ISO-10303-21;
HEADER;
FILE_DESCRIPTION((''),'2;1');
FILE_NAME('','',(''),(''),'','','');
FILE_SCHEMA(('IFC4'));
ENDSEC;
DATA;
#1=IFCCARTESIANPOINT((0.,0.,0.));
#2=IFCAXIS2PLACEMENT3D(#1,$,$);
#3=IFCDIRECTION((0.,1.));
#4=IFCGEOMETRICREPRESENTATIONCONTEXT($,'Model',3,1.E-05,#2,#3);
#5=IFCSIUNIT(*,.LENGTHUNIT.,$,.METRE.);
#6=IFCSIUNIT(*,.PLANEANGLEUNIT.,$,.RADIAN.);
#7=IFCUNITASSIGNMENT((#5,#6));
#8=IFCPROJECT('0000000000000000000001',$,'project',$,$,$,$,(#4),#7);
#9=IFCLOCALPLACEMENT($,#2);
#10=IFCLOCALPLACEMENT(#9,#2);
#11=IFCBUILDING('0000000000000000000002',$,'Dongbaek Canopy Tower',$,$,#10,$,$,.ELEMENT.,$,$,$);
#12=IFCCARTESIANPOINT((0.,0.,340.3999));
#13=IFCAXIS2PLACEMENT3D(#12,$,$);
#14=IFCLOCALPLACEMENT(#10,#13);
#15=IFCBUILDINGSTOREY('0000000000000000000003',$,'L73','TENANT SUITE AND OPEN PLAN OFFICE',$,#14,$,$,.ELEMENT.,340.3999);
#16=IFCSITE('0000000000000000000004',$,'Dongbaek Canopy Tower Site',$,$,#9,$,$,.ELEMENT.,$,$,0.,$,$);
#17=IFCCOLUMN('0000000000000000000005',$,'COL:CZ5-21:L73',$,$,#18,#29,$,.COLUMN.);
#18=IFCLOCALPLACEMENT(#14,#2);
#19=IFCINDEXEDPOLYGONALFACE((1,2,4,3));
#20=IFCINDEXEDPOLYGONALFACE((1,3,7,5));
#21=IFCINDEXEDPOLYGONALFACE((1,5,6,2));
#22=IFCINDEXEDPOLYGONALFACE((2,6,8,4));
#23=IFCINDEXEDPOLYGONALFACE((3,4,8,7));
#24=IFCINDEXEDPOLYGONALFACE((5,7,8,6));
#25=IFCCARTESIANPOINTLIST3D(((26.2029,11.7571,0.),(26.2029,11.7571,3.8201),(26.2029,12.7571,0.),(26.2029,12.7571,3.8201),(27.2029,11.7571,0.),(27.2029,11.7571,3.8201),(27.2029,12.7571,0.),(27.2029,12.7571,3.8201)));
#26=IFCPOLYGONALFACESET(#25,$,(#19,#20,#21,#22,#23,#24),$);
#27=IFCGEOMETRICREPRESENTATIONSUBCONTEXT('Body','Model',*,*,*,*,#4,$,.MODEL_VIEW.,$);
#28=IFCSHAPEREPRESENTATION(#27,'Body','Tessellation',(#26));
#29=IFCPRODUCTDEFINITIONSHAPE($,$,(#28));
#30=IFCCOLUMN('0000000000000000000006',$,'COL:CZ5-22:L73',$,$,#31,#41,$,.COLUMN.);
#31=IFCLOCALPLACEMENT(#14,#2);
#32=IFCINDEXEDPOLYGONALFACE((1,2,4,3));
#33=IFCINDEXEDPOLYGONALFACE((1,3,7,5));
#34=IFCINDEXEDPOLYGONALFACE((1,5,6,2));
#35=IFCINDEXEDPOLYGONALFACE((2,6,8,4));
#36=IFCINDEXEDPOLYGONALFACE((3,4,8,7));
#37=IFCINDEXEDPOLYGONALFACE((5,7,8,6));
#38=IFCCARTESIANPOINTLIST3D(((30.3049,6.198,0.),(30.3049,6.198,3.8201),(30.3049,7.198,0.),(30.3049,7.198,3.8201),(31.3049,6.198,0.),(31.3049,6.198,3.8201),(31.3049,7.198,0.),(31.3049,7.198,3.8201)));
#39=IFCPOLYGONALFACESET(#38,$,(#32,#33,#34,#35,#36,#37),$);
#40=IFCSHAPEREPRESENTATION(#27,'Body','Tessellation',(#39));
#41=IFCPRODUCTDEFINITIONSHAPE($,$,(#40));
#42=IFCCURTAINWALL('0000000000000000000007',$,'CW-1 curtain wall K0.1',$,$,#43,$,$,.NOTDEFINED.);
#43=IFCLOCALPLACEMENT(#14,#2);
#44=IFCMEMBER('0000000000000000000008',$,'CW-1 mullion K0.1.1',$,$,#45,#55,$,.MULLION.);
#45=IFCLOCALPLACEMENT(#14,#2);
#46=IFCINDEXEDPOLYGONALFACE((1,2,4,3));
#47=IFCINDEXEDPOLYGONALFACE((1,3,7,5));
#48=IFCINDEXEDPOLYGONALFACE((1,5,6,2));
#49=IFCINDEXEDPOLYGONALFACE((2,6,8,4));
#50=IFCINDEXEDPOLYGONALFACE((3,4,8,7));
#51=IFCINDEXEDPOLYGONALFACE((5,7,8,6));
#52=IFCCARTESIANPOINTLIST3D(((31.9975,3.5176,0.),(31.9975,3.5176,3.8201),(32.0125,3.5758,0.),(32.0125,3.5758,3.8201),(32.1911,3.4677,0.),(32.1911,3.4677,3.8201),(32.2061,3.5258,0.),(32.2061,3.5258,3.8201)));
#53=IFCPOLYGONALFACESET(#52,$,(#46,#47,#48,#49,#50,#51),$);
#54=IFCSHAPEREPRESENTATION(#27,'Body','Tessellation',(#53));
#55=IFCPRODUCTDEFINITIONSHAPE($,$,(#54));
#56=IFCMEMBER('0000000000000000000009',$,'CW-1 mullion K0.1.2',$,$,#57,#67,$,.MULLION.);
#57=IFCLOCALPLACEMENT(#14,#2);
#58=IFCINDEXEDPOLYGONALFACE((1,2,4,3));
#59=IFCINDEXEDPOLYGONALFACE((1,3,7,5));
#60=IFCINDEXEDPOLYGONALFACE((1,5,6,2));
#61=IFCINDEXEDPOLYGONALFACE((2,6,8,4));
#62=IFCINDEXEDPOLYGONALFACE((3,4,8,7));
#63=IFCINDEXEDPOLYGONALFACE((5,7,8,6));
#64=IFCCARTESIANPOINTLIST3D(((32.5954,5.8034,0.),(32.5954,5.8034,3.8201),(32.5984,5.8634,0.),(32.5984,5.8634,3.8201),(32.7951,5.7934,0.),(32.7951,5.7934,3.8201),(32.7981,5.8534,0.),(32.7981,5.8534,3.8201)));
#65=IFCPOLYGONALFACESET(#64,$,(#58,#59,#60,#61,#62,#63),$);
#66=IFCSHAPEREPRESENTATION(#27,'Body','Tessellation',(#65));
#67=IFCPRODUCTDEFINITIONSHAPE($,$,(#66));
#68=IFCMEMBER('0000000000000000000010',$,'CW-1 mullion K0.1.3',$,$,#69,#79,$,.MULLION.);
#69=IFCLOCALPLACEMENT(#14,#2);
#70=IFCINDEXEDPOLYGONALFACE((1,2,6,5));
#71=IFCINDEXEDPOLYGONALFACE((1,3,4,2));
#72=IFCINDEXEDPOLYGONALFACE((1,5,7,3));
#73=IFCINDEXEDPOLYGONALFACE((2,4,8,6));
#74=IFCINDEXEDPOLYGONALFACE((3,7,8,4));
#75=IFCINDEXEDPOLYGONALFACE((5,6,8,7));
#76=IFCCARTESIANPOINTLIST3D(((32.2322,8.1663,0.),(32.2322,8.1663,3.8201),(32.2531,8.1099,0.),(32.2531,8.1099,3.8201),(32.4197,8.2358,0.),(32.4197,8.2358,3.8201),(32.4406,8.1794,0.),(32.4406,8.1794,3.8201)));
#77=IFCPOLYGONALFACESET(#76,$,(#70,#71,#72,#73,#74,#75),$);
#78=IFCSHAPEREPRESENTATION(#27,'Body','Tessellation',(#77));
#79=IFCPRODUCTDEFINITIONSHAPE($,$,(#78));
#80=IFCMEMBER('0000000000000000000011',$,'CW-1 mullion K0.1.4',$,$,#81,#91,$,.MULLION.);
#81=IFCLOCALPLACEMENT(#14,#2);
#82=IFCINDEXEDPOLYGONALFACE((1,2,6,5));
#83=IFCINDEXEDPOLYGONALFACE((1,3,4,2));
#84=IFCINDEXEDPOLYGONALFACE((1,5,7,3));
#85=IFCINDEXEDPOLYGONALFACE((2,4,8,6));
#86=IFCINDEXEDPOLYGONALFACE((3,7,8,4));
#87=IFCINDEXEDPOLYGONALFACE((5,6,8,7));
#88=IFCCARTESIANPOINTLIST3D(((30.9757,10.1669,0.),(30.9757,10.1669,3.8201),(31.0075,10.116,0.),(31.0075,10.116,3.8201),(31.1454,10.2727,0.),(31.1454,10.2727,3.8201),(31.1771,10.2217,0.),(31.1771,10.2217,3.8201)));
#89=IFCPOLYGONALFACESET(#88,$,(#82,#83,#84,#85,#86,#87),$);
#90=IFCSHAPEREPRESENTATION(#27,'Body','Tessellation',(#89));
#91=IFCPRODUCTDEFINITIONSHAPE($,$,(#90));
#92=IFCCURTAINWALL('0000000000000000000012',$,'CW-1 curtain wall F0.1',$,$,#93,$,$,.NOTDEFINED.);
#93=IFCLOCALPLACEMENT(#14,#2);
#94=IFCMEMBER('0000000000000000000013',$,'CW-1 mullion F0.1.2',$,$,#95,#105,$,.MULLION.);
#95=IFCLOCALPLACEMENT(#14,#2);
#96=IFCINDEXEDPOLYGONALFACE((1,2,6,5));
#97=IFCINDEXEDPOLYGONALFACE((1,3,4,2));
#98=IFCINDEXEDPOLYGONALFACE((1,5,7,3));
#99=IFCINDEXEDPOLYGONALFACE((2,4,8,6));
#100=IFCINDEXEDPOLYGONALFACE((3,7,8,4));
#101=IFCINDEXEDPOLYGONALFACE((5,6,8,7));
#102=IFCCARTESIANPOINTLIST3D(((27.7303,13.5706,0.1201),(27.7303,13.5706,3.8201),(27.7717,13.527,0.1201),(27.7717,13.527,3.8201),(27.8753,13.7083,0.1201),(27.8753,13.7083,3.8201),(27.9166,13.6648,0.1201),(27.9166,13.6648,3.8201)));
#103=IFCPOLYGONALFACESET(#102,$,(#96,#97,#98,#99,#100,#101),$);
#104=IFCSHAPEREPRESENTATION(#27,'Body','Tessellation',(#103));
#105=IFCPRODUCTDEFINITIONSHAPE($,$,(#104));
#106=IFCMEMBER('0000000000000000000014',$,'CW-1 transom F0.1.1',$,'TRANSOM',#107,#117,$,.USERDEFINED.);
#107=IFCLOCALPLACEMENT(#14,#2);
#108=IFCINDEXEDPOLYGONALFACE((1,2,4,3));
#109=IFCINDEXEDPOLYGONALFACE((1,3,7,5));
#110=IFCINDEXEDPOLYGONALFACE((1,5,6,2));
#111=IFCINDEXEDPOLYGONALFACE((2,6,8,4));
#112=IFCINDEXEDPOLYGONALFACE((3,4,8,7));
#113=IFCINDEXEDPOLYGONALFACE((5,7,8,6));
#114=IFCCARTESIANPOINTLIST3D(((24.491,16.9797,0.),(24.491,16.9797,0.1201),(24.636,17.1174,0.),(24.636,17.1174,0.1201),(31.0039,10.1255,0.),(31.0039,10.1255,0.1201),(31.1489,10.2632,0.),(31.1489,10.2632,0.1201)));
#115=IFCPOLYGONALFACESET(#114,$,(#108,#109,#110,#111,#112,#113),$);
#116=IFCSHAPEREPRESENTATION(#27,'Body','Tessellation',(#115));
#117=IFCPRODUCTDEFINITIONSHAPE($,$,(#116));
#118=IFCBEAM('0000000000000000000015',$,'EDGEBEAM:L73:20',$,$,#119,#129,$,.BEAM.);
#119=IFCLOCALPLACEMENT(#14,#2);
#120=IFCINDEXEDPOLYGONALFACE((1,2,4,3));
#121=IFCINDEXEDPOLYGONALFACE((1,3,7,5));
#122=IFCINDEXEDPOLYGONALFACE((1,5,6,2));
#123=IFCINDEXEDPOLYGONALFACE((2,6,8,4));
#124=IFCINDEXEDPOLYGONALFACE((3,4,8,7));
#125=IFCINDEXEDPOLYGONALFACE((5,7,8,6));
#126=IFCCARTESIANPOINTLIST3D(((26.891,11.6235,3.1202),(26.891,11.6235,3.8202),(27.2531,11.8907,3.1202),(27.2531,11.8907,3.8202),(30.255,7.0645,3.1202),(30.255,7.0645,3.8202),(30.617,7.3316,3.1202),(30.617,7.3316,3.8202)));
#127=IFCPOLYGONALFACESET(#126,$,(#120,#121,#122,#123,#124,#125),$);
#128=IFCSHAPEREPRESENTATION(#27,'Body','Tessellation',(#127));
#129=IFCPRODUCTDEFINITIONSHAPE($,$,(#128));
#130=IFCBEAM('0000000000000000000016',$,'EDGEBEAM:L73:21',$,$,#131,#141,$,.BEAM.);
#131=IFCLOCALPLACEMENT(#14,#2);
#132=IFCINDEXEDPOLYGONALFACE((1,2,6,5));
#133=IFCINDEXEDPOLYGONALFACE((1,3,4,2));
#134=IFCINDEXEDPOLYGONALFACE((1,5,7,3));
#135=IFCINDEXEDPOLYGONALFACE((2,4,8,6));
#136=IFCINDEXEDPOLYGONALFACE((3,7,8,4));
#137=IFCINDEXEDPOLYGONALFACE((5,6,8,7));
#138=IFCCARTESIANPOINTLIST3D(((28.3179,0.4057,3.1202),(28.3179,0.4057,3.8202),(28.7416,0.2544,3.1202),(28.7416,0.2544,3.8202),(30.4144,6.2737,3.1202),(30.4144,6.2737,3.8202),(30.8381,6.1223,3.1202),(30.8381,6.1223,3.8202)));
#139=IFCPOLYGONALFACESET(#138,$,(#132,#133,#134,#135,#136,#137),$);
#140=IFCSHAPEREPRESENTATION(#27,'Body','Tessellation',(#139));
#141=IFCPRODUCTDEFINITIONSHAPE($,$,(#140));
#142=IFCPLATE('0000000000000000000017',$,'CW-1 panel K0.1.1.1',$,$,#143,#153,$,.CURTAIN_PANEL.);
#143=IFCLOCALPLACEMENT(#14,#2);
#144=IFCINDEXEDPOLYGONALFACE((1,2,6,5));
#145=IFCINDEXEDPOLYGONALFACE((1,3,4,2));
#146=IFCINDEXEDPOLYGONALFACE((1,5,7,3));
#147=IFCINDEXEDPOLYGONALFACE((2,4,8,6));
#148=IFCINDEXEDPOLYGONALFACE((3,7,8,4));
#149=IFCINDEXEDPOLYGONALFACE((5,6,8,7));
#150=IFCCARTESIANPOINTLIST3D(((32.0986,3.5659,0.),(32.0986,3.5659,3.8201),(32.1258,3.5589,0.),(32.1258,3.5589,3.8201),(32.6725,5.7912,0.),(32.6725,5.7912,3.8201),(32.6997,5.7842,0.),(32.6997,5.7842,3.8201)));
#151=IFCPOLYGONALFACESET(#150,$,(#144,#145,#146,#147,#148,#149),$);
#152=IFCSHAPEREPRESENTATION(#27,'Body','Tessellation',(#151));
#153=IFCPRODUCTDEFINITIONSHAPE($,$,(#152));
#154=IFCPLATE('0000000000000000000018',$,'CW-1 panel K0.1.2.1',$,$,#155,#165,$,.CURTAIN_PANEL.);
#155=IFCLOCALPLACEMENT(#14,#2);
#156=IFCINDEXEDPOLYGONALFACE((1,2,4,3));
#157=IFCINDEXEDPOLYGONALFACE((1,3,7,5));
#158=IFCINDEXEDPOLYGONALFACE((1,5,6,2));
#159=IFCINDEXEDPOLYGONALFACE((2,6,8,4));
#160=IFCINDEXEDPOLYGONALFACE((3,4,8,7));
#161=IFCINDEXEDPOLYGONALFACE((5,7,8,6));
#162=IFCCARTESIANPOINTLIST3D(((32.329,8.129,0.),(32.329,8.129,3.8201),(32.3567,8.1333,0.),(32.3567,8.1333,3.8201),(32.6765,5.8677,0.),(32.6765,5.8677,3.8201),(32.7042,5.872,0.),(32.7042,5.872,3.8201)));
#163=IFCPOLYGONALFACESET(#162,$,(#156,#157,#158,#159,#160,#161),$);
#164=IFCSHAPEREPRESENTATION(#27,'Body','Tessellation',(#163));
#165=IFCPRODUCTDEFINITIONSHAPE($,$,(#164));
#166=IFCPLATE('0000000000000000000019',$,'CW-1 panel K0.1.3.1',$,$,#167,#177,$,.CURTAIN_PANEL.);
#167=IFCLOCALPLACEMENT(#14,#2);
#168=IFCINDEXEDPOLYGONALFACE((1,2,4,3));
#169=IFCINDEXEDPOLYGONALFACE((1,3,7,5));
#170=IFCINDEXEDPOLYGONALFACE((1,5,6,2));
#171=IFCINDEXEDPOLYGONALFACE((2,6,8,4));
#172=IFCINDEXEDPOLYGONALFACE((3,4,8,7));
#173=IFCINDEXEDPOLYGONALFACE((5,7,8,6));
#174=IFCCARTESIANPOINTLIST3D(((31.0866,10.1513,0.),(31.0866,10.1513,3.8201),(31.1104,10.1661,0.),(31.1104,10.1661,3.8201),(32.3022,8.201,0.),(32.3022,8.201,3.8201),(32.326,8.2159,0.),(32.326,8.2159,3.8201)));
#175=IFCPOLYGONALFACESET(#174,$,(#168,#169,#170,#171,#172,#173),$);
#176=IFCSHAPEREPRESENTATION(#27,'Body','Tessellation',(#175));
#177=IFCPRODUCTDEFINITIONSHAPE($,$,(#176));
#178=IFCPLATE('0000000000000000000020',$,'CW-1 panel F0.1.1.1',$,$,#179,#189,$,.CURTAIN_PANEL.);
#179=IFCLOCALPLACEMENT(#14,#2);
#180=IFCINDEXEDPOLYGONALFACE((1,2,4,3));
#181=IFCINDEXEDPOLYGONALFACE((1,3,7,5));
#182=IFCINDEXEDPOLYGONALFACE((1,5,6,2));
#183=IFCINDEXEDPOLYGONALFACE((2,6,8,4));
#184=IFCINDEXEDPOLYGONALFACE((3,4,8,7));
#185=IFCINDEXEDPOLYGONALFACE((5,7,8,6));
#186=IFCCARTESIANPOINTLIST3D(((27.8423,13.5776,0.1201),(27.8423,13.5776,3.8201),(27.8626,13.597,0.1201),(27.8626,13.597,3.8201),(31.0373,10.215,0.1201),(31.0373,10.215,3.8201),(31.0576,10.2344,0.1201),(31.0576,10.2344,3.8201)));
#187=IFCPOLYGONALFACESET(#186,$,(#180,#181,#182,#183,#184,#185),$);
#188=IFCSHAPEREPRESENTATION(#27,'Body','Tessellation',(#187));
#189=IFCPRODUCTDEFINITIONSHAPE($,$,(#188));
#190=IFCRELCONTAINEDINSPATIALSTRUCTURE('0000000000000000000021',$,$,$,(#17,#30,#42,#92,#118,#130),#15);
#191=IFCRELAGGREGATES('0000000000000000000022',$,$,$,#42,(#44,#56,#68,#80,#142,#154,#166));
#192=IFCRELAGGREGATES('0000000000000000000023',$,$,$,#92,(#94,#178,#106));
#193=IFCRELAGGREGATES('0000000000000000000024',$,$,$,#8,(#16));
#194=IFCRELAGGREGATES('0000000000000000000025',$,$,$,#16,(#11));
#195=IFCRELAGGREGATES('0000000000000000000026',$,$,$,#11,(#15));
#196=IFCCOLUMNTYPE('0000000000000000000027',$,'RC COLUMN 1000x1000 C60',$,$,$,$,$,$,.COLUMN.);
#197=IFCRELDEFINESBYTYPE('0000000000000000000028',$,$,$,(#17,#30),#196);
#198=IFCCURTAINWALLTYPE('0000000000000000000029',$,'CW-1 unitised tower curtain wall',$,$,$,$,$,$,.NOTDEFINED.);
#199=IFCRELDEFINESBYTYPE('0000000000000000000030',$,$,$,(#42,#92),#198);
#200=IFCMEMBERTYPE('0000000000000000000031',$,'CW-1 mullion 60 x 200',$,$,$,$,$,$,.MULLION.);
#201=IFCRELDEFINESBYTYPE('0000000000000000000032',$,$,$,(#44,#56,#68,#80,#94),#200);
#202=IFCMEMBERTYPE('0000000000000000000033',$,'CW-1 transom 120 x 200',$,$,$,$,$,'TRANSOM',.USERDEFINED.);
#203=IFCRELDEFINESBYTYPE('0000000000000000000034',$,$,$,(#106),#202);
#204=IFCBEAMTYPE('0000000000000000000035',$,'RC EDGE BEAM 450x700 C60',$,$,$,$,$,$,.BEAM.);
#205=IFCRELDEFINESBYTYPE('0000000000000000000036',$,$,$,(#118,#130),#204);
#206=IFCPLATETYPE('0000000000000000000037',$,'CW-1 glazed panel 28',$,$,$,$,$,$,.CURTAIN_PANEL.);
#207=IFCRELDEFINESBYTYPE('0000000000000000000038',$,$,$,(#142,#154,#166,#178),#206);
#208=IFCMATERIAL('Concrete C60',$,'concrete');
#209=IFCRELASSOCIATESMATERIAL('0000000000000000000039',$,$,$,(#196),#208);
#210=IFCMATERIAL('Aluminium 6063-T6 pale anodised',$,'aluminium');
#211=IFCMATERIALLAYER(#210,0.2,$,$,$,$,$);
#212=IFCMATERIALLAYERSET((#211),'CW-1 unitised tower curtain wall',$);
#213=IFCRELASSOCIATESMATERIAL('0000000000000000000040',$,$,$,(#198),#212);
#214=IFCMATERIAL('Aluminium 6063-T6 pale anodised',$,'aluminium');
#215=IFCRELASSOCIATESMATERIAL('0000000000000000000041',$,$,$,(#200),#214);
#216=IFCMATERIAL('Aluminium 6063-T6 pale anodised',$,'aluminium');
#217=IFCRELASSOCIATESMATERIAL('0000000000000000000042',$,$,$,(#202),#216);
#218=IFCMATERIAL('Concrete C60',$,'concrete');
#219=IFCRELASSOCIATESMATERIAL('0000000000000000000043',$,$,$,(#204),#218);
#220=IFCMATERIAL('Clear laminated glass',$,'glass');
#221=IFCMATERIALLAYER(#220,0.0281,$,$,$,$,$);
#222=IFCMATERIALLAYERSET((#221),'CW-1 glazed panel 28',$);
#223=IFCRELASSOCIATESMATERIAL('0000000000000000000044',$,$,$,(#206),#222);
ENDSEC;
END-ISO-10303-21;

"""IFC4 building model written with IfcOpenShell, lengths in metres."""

from ifc_helpers import new_model, si_unit, direction, frame, origin, origin_2d, place, context, subcontext, project, spatial, rectangle, extrude, material, layer, layer_set, material_profile, profile_set, type_object, element, aggregate, save


model = new_model("IFC4")

# Units and contexts
model_context = context("Model", 3, precision=1e-05, world=origin(), true_north=direction((0.0, 1.0)))
body_context = subcontext(model_context, "Body", "Model", "MODEL_VIEW")
ifc_project = project(units=[si_unit("LENGTHUNIT", "METRE"), si_unit("PLANEANGLEUNIT", "RADIAN")], contexts=[model_context])

# Site, building, storey
site_placement = place(None, origin())
site = spatial("IfcSite", under=ifc_project, at=site_placement, Name="Dongbaek Canopy Tower Site", CompositionType="ELEMENT", RefElevation=0.0)
building_placement = place(site_placement, origin())
building = spatial("IfcBuilding", under=site, at=building_placement, Name="Dongbaek Canopy Tower", CompositionType="ELEMENT")
storey_placement = place(building_placement, frame((0.0, 0.0, 340.3999)))
storey = spatial("IfcBuildingStorey", under=building, at=storey_placement, Name="L73", Description="TENANT SUITE AND OPEN PLAN OFFICE", CompositionType="ELEMENT", Elevation=340.3999)

# Columns
ifc_material_1 = material(Name="Concrete C60", Category="concrete")
ifc_material_profile_1 = material_profile(ifc_material_1, rectangle(XDim=1.0, YDim=1.0, at=origin_2d()), Name="RC COLUMN 1000x1000 C60")
ifc_profile_set_1 = profile_set([ifc_material_profile_1], Name="Concrete C60")
column_type = type_object("IfcColumnType", Name="RC COLUMN 1000x1000 C60", PredefinedType="COLUMN", material=ifc_profile_set_1)
for number, where, z_axis, x_axis, name in (
    (1, (26.7029, 12.2571, 0.0), (0.0, 0.0, 1.0), (1.0, 0.0, 0.0), "COL:CZ5-21:L73"),
    (2, (30.8049, 6.698, 0.0), (0.0, 0.0, 1.0), (1.0, 0.0, 0.0), "COL:CZ5-22:L73"),
):
    element("IfcColumn", number, at=place(storey_placement, frame(where, z_axis=z_axis, x_axis=x_axis)), inside=storey, type_object=column_type, Name=name, PredefinedType="COLUMN", context=body_context, shape_type="SweptSolid", body=[
        extrude(rectangle(XDim=1.0, YDim=1.0, at=origin_2d()), origin(), (0.0, 0.0, 1.0), 3.8201),
    ])

# Curtain walls, members
ifc_material_2 = material(Name="Aluminium 6063-T6 pale anodised", Category="aluminium")
ifc_layer_1 = layer(ifc_material_2, 0.2)
ifc_layer_set_1 = layer_set([ifc_layer_1], Name="CW-1 unitised tower curtain wall")
curtain_wall_type = type_object("IfcCurtainWallType", Name="CW-1 unitised tower curtain wall", PredefinedType="NOTDEFINED", material=ifc_layer_set_1)
curtain_wall_1_placement = place(storey_placement, origin())
curtain_wall_1 = element("IfcCurtainWall", 3, at=curtain_wall_1_placement, inside=storey, type_object=curtain_wall_type, Name="CW-1 curtain wall K0.1", PredefinedType="NOTDEFINED")
ifc_material_3 = material(Name="Aluminium 6063-T6 pale anodised", Category="aluminium")
ifc_material_profile_2 = material_profile(ifc_material_3, rectangle(XDim=0.2, YDim=0.0601, at=origin_2d()), Name="CW-1 mullion 60 x 200")
ifc_profile_set_2 = profile_set([ifc_material_profile_2], Name="Aluminium 6063-T6 pale anodised")
member_type_1 = type_object("IfcMemberType", Name="CW-1 mullion 60 x 200", PredefinedType="MULLION", material=ifc_profile_set_2)
member_1_placement = place(storey_placement, frame((32.1018, 3.5217, 0.0), z_axis=(0.0, 0.0, 1.0), x_axis=(0.968314, -0.249737, 0.0)))
member_1 = element("IfcMember", 4, at=member_1_placement, type_object=member_type_1, Name="CW-1 mullion K0.1.1", PredefinedType="MULLION", context=body_context, shape_type="SweptSolid", body=[
    extrude(rectangle(XDim=0.2, YDim=0.0601, at=origin_2d()), origin(), (0.0, 0.0, 1.0), 3.8201),
])
member_2_placement = place(storey_placement, frame((32.6968, 5.8284, 0.0), z_axis=(0.0, 0.0, 1.0), x_axis=(0.998752, -0.049937, 0.0)))
member_2 = element("IfcMember", 5, at=member_2_placement, type_object=member_type_1, Name="CW-1 mullion K0.1.2", PredefinedType="MULLION", context=body_context, shape_type="SweptSolid", body=[
    extrude(rectangle(XDim=0.2, YDim=0.0601, at=origin_2d()), origin(), (0.0, 0.0, 1.0), 3.8201),
])
member_3_placement = place(storey_placement, frame((32.3364, 8.1729, 0.0), z_axis=(0.0, 0.0, 1.0), x_axis=(0.937665, 0.34754, 0.0)))
member_3 = element("IfcMember", 6, at=member_3_placement, type_object=member_type_1, Name="CW-1 mullion K0.1.3", PredefinedType="MULLION", context=body_context, shape_type="SweptSolid", body=[
    extrude(rectangle(XDim=0.2, YDim=0.0601, at=origin_2d()), origin(), (0.0, 0.0, 1.0), 3.8201),
])
member_4_placement = place(storey_placement, frame((31.0764, 10.1943, 0.0), z_axis=(0.0, 0.0, 1.0), x_axis=(0.848634, 0.52898, 0.0)))
member_4 = element("IfcMember", 7, at=member_4_placement, type_object=member_type_1, Name="CW-1 mullion K0.1.4", PredefinedType="MULLION", context=body_context, shape_type="SweptSolid", body=[
    extrude(rectangle(XDim=0.2, YDim=0.0601, at=origin_2d()), origin(), (0.0, 0.0, 1.0), 3.8201),
])
curtain_wall_2_placement = place(storey_placement, origin())
curtain_wall_2 = element("IfcCurtainWall", 8, at=curtain_wall_2_placement, inside=storey, type_object=curtain_wall_type, Name="CW-1 curtain wall F0.1", PredefinedType="NOTDEFINED")
member_5_placement = place(storey_placement, frame((27.8235, 13.6177, 0.1201), z_axis=(0.0, 0.0, 1.0), x_axis=(0.72494, 0.688812, 0.0)))
member_5 = element("IfcMember", 9, at=member_5_placement, type_object=member_type_1, Name="CW-1 mullion F0.1.2", PredefinedType="MULLION", context=body_context, shape_type="SweptSolid", body=[
    extrude(rectangle(XDim=0.2, YDim=0.0601, at=origin_2d()), origin(), (0.0, 0.0, 1.0), 3.7),
])
ifc_material_4 = material(Name="Aluminium 6063-T6 pale anodised", Category="aluminium")
ifc_material_profile_3 = material_profile(ifc_material_4, rectangle(XDim=0.2, YDim=0.1201, at=origin_2d()), Name="CW-1 transom 120 x 200")
ifc_profile_set_3 = profile_set([ifc_material_profile_3], Name="Aluminium 6063-T6 pale anodised")
member_type_2 = type_object("IfcMemberType", Name="CW-1 transom 120 x 200", ElementType="TRANSOM", PredefinedType="USERDEFINED", material=ifc_profile_set_3)
member_6_placement = place(storey_placement, frame((31.0764, 10.1943, 0.0601), z_axis=(-0.688827, 0.724925, 0.0), x_axis=(-0.724925, -0.688827, 0.0)))
member_6 = element("IfcMember", 10, at=member_6_placement, type_object=member_type_2, Name="CW-1 transom F0.1.1", ObjectType="TRANSOM", PredefinedType="USERDEFINED", context=body_context, shape_type="SweptSolid", body=[
    extrude(rectangle(XDim=0.2, YDim=0.1201, at=origin_2d()), origin(), (0.0, 0.0, 1.0), 9.4551),
])

# Beams
ifc_material_5 = material(Name="Concrete C60", Category="concrete")
ifc_material_profile_4 = material_profile(ifc_material_5, rectangle(XDim=0.45, YDim=0.7, at=origin_2d()), Name="RC EDGE BEAM 450x700 C60")
ifc_profile_set_4 = profile_set([ifc_material_profile_4], Name="Concrete C60")
beam_type = type_object("IfcBeamType", Name="RC EDGE BEAM 450x700 C60", PredefinedType="BEAM", material=ifc_profile_set_4)
beam_1_placement = place(storey_placement, frame((27.072, 11.7571, 3.4702), z_axis=(0.593735, -0.80466, 0.0), x_axis=(0.80466, 0.593735, 0.0)))
element("IfcBeam", 11, at=beam_1_placement, inside=storey, type_object=beam_type, Name="EDGEBEAM:L73:20", PredefinedType="BEAM", context=body_context, shape_type="SweptSolid", body=[
    extrude(rectangle(XDim=0.45, YDim=0.7, at=origin_2d()), origin(), (0.0, 0.0, 1.0), 5.6658),
])
beam_2_placement = place(storey_placement, frame((30.6262, 6.198, 3.4702), z_axis=(-0.336443, -0.941704, 0.0), x_axis=(0.941704, -0.336443, 0.0)))
element("IfcBeam", 12, at=beam_2_placement, inside=storey, type_object=beam_type, Name="EDGEBEAM:L73:21", PredefinedType="BEAM", context=body_context, shape_type="SweptSolid", body=[
    extrude(rectangle(XDim=0.45, YDim=0.7, at=origin_2d()), origin(), (0.0, 0.0, 1.0), 6.2312),
])

# Plates
ifc_material_6 = material(Name="Clear laminated glass", Category="glass")
ifc_layer_2 = layer(ifc_material_6, 0.0281)
ifc_layer_set_2 = layer_set([ifc_layer_2], Name="CW-1 glazed panel 28")
plate_type = type_object("IfcPlateType", Name="CW-1 glazed panel 28", PredefinedType="CURTAIN_PANEL", material=ifc_layer_set_2)
plate_1_placement = place(storey_placement, frame((32.3992, 4.675, 0.0), z_axis=(0.0, 0.0, 1.0), x_axis=(0.249737, 0.968314, 0.0)))
plate_1 = element("IfcPlate", 13, at=plate_1_placement, type_object=plate_type, Name="CW-1 panel K0.1.1.1", PredefinedType="CURTAIN_PANEL", context=body_context, shape_type="SweptSolid", body=[
    extrude(rectangle(XDim=2.2981, YDim=0.0281, at=origin_2d()), origin(), (0.0, 0.0, 1.0), 3.8201),
])
plate_2_placement = place(storey_placement, frame((32.5166, 7.0005, 0.0), z_axis=(0.0, 0.0, 1.0), x_axis=(-0.151904, 0.988395, 0.0)))
plate_2 = element("IfcPlate", 14, at=plate_2_placement, type_object=plate_type, Name="CW-1 panel K0.1.2.1", PredefinedType="CURTAIN_PANEL", context=body_context, shape_type="SweptSolid", body=[
    extrude(rectangle(XDim=2.2878, YDim=0.0281, at=origin_2d()), origin(), (0.0, 0.0, 1.0), 3.8201),
])
plate_3_placement = place(storey_placement, frame((31.7063, 9.1836, 0.0), z_axis=(0.0, 0.0, 1.0), x_axis=(-0.52898, 0.848634, 0.0)))
plate_3 = element("IfcPlate", 15, at=plate_3_placement, type_object=plate_type, Name="CW-1 panel K0.1.3.1", PredefinedType="CURTAIN_PANEL", context=body_context, shape_type="SweptSolid", body=[
    extrude(rectangle(XDim=2.2981, YDim=0.0281, at=origin_2d()), origin(), (0.0, 0.0, 1.0), 3.8201),
])
plate_4_placement = place(storey_placement, frame((29.45, 11.906, 0.1201), z_axis=(0.0, 0.0, 1.0), x_axis=(-0.688812, 0.72494, 0.0)))
plate_4 = element("IfcPlate", 16, at=plate_4_placement, type_object=plate_type, Name="CW-1 panel F0.1.1.1", PredefinedType="CURTAIN_PANEL", context=body_context, shape_type="SweptSolid", body=[
    extrude(rectangle(XDim=4.6384, YDim=0.0281, at=origin_2d()), origin(), (0.0, 0.0, 1.0), 3.7),
])

aggregate(curtain_wall_1, [member_1, member_2, member_3, member_4, plate_1, plate_2, plate_3])
aggregate(curtain_wall_2, [member_5, plate_4, member_6])

save(model, "model.ifc")
